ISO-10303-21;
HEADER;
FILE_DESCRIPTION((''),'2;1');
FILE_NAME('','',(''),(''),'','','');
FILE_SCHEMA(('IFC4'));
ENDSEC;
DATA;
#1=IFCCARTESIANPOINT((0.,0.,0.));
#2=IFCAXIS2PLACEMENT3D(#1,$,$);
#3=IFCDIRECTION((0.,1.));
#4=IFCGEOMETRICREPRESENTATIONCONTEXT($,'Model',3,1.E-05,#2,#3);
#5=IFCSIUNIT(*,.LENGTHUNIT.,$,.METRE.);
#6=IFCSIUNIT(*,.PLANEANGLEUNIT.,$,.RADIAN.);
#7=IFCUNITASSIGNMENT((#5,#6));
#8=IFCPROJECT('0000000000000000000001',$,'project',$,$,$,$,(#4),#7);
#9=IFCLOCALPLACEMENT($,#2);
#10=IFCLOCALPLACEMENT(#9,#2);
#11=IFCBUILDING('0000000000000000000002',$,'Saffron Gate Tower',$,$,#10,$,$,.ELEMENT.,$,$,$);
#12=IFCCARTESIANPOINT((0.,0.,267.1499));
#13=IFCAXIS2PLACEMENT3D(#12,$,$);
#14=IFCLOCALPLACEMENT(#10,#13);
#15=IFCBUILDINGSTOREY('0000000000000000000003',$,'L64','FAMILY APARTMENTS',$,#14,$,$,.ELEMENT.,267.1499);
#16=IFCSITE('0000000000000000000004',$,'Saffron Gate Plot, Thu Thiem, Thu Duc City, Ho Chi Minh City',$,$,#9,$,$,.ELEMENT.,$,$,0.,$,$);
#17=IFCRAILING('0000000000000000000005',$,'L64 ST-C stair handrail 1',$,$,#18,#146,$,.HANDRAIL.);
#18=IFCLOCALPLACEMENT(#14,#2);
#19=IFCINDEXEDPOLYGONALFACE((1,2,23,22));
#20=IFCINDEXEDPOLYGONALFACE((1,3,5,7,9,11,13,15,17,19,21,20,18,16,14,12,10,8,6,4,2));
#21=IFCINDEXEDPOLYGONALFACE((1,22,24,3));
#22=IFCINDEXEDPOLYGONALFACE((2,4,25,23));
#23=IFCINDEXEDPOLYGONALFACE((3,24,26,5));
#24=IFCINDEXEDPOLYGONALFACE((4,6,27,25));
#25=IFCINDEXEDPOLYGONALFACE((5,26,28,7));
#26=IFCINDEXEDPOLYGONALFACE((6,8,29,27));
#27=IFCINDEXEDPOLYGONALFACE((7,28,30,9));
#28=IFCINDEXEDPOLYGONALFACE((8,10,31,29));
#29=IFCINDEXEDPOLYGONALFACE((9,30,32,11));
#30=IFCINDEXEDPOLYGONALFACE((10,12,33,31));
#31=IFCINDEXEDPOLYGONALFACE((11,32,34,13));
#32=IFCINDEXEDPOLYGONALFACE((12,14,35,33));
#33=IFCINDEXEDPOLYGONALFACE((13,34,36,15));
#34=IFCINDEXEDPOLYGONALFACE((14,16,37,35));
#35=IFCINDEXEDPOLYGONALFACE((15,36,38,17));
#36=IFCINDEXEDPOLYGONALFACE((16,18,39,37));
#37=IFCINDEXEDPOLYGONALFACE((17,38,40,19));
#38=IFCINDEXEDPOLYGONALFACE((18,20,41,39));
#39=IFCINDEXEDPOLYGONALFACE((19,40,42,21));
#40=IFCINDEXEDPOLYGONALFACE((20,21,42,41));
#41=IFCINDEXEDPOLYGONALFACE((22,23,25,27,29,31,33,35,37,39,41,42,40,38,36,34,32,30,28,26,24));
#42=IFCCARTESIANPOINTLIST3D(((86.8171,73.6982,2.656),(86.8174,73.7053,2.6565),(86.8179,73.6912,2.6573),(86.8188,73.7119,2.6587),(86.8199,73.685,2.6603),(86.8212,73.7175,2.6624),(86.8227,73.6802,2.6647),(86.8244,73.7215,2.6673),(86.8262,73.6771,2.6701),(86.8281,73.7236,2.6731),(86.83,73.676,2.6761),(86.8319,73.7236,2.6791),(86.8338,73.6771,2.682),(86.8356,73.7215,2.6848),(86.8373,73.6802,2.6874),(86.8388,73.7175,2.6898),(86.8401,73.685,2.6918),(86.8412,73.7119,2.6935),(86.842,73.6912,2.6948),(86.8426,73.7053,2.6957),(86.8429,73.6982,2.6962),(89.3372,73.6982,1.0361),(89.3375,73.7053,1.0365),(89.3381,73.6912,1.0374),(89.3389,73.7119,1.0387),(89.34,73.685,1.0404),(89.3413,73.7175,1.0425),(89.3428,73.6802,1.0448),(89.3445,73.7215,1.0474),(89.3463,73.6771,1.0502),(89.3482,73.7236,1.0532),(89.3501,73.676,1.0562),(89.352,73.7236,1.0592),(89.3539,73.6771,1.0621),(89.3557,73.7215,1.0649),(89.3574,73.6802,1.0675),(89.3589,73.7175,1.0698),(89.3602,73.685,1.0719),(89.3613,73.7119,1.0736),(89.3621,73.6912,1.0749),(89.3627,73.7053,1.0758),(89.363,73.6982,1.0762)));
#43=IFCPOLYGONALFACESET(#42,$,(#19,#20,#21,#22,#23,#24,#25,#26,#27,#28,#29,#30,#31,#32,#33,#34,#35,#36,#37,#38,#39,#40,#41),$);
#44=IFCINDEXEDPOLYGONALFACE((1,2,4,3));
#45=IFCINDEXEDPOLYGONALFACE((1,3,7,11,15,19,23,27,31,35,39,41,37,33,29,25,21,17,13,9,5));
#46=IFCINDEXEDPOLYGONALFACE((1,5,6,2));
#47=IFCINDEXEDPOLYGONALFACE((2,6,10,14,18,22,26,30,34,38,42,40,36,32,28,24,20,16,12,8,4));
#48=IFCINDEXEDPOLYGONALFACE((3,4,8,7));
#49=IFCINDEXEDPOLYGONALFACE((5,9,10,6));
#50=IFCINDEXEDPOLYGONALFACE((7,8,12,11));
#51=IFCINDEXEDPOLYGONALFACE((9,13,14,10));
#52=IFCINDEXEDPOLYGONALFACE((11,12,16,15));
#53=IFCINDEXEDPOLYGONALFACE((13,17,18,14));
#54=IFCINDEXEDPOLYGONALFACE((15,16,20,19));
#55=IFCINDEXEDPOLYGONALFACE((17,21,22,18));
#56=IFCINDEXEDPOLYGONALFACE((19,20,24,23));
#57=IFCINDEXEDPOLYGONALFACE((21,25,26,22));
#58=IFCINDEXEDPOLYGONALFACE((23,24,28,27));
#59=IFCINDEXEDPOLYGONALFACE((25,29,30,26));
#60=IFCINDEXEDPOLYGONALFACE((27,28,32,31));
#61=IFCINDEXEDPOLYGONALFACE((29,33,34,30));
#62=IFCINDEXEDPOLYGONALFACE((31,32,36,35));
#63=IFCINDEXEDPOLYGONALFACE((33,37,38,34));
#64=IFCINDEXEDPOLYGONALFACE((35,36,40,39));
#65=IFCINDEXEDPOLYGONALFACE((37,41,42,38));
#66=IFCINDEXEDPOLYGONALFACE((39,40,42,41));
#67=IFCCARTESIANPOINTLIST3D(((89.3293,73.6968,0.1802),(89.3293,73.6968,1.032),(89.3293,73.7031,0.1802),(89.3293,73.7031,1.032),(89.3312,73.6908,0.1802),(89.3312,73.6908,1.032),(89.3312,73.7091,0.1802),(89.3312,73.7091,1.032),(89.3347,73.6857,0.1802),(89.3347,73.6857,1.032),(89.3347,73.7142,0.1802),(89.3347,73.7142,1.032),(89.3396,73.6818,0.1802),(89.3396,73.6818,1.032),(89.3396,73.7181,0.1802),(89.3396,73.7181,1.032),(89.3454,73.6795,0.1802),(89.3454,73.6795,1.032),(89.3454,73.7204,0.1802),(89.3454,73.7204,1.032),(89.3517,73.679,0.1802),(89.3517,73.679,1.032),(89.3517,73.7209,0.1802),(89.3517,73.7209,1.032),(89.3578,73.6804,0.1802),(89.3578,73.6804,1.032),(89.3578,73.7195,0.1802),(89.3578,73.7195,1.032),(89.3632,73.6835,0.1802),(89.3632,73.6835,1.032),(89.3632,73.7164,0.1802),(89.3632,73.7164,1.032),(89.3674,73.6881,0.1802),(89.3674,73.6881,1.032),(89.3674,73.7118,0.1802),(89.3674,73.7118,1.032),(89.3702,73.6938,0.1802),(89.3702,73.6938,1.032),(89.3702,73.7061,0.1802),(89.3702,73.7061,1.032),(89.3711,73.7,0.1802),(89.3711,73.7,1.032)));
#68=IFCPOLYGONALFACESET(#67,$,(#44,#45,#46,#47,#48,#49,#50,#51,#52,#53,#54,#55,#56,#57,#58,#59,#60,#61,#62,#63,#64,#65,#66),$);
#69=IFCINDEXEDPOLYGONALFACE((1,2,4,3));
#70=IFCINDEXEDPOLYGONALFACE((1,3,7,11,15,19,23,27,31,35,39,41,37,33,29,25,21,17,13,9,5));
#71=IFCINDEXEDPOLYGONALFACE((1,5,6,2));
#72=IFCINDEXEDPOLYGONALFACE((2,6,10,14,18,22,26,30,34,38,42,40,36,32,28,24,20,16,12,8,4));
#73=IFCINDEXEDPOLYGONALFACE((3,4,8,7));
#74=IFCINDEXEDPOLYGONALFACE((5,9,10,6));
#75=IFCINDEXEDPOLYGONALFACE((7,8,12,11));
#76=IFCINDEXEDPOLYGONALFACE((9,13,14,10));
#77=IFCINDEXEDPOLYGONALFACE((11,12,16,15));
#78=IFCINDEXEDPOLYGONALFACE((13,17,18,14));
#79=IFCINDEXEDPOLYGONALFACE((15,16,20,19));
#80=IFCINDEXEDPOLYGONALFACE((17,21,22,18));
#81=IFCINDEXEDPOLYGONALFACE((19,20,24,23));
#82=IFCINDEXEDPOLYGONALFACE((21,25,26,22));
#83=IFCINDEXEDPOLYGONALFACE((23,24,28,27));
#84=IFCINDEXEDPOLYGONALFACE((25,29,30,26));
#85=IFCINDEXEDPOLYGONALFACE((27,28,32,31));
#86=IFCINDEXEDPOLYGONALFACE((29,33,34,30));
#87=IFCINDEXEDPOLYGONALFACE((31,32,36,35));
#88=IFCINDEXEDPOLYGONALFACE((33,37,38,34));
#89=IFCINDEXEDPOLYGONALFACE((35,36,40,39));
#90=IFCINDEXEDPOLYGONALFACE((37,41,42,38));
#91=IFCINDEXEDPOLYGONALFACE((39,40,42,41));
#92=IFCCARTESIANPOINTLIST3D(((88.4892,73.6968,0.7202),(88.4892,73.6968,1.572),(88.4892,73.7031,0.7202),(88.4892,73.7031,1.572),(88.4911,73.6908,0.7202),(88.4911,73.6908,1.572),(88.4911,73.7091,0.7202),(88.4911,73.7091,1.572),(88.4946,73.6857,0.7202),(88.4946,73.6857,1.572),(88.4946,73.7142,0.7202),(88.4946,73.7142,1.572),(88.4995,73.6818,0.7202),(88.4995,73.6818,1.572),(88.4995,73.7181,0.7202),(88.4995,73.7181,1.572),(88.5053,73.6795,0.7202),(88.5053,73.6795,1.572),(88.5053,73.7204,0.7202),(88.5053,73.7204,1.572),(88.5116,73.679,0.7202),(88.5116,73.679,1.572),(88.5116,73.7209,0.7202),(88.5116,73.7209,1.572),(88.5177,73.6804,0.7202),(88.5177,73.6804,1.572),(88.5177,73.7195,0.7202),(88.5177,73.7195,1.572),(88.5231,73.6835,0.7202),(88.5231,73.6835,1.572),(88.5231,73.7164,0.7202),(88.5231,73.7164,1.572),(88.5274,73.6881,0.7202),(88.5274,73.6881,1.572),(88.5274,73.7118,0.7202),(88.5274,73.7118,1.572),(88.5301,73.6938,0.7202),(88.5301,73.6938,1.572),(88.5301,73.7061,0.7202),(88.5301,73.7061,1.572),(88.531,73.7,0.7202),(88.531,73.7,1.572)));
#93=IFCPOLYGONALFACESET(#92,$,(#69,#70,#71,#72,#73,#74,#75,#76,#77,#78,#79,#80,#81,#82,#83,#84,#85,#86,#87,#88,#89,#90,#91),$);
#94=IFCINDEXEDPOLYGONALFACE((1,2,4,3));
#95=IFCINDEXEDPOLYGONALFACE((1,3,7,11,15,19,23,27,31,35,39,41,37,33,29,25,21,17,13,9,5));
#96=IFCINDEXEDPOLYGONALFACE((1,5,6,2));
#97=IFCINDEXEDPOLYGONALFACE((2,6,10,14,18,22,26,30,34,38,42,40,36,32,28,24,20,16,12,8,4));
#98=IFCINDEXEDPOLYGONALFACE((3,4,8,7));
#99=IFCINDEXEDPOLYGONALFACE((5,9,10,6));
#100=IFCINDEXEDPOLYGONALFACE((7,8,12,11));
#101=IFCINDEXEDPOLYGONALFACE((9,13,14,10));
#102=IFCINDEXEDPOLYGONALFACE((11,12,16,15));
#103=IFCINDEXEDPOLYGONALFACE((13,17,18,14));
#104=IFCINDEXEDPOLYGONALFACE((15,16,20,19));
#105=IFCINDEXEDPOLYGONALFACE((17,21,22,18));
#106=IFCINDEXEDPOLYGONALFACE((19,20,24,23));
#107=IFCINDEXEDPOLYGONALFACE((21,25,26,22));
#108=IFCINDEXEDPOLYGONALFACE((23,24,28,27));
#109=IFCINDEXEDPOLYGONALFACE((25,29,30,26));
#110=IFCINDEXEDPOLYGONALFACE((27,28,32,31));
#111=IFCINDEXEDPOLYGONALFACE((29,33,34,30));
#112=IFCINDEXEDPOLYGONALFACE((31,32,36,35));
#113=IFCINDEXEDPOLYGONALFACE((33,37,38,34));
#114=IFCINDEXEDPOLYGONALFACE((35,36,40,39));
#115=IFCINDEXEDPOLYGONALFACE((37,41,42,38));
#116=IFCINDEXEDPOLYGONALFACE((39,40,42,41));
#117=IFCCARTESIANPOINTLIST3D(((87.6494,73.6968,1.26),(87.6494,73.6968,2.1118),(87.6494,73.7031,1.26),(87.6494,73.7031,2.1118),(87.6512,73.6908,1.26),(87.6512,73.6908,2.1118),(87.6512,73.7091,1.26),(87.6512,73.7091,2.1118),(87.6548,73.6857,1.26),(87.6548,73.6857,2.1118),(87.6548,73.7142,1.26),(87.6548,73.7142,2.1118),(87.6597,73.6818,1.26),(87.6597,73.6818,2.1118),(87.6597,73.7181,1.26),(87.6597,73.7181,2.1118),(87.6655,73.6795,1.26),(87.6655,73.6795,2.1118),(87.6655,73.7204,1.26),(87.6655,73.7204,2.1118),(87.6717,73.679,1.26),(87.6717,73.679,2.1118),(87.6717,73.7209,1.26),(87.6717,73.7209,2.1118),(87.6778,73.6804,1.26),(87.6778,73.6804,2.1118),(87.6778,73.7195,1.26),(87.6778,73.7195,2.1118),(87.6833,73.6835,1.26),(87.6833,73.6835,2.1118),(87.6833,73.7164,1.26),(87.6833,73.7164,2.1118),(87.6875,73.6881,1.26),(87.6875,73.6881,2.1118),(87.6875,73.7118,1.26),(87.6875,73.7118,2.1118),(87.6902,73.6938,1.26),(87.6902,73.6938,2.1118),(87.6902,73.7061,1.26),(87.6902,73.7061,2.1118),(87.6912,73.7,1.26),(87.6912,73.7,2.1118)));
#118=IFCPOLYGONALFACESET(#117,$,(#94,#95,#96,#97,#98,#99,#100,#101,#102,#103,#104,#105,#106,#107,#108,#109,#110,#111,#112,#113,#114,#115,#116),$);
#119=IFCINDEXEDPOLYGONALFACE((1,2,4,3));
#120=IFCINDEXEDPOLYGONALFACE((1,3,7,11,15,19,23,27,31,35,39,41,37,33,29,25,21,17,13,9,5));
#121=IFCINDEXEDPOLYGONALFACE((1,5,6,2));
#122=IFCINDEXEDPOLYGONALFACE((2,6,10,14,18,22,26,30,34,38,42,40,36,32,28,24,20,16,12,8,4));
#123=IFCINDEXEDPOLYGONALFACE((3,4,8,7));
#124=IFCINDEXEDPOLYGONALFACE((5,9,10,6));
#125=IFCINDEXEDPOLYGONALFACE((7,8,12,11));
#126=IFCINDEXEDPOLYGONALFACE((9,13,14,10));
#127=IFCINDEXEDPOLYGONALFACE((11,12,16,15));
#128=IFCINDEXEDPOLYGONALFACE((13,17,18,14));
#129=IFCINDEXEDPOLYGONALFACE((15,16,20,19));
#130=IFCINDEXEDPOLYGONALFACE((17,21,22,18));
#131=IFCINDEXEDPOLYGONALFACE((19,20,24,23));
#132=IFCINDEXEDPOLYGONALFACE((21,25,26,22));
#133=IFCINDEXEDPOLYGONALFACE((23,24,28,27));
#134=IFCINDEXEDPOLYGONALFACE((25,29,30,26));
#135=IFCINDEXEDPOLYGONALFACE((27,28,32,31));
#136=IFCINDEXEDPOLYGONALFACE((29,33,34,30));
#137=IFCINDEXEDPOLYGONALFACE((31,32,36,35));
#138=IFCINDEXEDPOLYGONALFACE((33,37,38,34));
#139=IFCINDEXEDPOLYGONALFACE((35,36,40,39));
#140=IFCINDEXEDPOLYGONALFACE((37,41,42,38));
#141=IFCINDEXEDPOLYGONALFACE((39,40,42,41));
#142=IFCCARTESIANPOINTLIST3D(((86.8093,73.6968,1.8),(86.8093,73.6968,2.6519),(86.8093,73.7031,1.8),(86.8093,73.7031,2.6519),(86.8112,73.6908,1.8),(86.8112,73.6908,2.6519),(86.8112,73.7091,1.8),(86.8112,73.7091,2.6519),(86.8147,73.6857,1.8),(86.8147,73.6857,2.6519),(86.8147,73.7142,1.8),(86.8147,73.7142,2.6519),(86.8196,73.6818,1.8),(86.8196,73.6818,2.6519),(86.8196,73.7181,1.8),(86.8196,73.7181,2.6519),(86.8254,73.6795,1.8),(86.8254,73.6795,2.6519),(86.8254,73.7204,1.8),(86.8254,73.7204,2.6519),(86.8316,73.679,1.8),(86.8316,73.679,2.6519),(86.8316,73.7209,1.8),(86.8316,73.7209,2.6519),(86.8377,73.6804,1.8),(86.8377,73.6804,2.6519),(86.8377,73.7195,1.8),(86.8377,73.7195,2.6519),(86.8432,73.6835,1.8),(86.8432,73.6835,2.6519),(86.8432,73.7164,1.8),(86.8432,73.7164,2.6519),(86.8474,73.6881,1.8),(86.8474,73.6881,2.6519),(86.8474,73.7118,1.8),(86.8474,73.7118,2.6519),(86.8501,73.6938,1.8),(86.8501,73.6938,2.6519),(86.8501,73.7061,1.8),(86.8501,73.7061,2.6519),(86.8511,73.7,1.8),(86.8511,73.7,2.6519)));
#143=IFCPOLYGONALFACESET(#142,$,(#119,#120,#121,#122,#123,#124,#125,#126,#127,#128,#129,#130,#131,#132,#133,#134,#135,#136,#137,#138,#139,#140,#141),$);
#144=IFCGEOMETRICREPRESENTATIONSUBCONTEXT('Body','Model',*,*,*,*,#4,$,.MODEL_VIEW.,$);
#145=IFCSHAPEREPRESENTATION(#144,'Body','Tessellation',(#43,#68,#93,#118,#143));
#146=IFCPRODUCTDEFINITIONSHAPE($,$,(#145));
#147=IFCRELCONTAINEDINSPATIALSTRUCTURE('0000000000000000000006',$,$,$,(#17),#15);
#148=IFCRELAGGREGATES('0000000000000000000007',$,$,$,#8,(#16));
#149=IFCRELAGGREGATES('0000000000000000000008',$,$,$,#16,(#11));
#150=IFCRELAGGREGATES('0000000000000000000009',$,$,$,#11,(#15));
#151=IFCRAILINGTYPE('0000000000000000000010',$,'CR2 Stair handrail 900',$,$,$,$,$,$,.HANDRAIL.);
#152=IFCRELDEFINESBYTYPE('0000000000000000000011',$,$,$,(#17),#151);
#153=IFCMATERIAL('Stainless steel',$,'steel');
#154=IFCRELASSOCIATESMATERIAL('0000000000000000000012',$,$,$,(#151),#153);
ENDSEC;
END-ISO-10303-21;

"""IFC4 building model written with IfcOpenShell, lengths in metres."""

from ifc_helpers import new_model, si_unit, direction, frame, origin, origin_2d, place, context, subcontext, project, spatial, circle, extrude, material, type_object, element, save


model = new_model("IFC4")

# Units and contexts
model_context = context("Model", 3, precision=1e-05, world=origin(), true_north=direction((0.0, 1.0)))
body_context = subcontext(model_context, "Body", "Model", "MODEL_VIEW")
ifc_project = project(units=[si_unit("LENGTHUNIT", "METRE"), si_unit("PLANEANGLEUNIT", "RADIAN")], contexts=[model_context])

# Site, building, storey
site_placement = place(None, origin())
site = spatial("IfcSite", under=ifc_project, at=site_placement, Name="Saffron Gate Plot, Thu Thiem, Thu Duc City, Ho Chi Minh City", CompositionType="ELEMENT", RefElevation=0.0)
building_placement = place(site_placement, origin())
building = spatial("IfcBuilding", under=site, at=building_placement, Name="Saffron Gate Tower", CompositionType="ELEMENT")
storey_placement = place(building_placement, frame((0.0, 0.0, 267.1499)))
storey = spatial("IfcBuildingStorey", under=building, at=storey_placement, Name="L64", Description="FAMILY APARTMENTS", CompositionType="ELEMENT", Elevation=267.1499)

# Railing
ifc_material_1 = material(Name="Stainless steel", Category="steel")
railing_type_1 = type_object("IfcRailingType", Name="CR2 Stair handrail 900", PredefinedType="HANDRAIL", material=ifc_material_1)
railing_1_placement = place(storey_placement, frame((89.3501, 73.7, 0.1802)))
element("IfcRailing", 1, at=railing_1_placement, inside=storey, type_object=railing_type_1, Name="L64 ST-C stair handrail 1", PredefinedType="HANDRAIL", context=body_context, shape_type="SweptSolid", body=[
    extrude(circle(Radius=0.0239, at=origin_2d()), frame((0.0, 0.0, 0.876), z_axis=(-0.8412, 0.0, 0.540725), x_axis=(0.0, -1.0, 0.0)), (0.0, 0.0, 1.0), 2.9958),
    extrude(circle(Radius=0.021, at=origin_2d()), origin(), (0.0, 0.0, 1.0), 0.8518),
    extrude(circle(Radius=0.021, at=origin_2d()), frame((-0.8401, 0.0, 0.54)), (0.0, 0.0, 1.0), 0.8518),
    extrude(circle(Radius=0.021, at=origin_2d()), frame((-1.6799, 0.0, 1.0798)), (0.0, 0.0, 1.0), 0.8518),
    extrude(circle(Radius=0.021, at=origin_2d()), frame((-2.52, 0.0, 1.6199)), (0.0, 0.0, 1.0), 0.8518),
])

save(model, "model.ifc")
